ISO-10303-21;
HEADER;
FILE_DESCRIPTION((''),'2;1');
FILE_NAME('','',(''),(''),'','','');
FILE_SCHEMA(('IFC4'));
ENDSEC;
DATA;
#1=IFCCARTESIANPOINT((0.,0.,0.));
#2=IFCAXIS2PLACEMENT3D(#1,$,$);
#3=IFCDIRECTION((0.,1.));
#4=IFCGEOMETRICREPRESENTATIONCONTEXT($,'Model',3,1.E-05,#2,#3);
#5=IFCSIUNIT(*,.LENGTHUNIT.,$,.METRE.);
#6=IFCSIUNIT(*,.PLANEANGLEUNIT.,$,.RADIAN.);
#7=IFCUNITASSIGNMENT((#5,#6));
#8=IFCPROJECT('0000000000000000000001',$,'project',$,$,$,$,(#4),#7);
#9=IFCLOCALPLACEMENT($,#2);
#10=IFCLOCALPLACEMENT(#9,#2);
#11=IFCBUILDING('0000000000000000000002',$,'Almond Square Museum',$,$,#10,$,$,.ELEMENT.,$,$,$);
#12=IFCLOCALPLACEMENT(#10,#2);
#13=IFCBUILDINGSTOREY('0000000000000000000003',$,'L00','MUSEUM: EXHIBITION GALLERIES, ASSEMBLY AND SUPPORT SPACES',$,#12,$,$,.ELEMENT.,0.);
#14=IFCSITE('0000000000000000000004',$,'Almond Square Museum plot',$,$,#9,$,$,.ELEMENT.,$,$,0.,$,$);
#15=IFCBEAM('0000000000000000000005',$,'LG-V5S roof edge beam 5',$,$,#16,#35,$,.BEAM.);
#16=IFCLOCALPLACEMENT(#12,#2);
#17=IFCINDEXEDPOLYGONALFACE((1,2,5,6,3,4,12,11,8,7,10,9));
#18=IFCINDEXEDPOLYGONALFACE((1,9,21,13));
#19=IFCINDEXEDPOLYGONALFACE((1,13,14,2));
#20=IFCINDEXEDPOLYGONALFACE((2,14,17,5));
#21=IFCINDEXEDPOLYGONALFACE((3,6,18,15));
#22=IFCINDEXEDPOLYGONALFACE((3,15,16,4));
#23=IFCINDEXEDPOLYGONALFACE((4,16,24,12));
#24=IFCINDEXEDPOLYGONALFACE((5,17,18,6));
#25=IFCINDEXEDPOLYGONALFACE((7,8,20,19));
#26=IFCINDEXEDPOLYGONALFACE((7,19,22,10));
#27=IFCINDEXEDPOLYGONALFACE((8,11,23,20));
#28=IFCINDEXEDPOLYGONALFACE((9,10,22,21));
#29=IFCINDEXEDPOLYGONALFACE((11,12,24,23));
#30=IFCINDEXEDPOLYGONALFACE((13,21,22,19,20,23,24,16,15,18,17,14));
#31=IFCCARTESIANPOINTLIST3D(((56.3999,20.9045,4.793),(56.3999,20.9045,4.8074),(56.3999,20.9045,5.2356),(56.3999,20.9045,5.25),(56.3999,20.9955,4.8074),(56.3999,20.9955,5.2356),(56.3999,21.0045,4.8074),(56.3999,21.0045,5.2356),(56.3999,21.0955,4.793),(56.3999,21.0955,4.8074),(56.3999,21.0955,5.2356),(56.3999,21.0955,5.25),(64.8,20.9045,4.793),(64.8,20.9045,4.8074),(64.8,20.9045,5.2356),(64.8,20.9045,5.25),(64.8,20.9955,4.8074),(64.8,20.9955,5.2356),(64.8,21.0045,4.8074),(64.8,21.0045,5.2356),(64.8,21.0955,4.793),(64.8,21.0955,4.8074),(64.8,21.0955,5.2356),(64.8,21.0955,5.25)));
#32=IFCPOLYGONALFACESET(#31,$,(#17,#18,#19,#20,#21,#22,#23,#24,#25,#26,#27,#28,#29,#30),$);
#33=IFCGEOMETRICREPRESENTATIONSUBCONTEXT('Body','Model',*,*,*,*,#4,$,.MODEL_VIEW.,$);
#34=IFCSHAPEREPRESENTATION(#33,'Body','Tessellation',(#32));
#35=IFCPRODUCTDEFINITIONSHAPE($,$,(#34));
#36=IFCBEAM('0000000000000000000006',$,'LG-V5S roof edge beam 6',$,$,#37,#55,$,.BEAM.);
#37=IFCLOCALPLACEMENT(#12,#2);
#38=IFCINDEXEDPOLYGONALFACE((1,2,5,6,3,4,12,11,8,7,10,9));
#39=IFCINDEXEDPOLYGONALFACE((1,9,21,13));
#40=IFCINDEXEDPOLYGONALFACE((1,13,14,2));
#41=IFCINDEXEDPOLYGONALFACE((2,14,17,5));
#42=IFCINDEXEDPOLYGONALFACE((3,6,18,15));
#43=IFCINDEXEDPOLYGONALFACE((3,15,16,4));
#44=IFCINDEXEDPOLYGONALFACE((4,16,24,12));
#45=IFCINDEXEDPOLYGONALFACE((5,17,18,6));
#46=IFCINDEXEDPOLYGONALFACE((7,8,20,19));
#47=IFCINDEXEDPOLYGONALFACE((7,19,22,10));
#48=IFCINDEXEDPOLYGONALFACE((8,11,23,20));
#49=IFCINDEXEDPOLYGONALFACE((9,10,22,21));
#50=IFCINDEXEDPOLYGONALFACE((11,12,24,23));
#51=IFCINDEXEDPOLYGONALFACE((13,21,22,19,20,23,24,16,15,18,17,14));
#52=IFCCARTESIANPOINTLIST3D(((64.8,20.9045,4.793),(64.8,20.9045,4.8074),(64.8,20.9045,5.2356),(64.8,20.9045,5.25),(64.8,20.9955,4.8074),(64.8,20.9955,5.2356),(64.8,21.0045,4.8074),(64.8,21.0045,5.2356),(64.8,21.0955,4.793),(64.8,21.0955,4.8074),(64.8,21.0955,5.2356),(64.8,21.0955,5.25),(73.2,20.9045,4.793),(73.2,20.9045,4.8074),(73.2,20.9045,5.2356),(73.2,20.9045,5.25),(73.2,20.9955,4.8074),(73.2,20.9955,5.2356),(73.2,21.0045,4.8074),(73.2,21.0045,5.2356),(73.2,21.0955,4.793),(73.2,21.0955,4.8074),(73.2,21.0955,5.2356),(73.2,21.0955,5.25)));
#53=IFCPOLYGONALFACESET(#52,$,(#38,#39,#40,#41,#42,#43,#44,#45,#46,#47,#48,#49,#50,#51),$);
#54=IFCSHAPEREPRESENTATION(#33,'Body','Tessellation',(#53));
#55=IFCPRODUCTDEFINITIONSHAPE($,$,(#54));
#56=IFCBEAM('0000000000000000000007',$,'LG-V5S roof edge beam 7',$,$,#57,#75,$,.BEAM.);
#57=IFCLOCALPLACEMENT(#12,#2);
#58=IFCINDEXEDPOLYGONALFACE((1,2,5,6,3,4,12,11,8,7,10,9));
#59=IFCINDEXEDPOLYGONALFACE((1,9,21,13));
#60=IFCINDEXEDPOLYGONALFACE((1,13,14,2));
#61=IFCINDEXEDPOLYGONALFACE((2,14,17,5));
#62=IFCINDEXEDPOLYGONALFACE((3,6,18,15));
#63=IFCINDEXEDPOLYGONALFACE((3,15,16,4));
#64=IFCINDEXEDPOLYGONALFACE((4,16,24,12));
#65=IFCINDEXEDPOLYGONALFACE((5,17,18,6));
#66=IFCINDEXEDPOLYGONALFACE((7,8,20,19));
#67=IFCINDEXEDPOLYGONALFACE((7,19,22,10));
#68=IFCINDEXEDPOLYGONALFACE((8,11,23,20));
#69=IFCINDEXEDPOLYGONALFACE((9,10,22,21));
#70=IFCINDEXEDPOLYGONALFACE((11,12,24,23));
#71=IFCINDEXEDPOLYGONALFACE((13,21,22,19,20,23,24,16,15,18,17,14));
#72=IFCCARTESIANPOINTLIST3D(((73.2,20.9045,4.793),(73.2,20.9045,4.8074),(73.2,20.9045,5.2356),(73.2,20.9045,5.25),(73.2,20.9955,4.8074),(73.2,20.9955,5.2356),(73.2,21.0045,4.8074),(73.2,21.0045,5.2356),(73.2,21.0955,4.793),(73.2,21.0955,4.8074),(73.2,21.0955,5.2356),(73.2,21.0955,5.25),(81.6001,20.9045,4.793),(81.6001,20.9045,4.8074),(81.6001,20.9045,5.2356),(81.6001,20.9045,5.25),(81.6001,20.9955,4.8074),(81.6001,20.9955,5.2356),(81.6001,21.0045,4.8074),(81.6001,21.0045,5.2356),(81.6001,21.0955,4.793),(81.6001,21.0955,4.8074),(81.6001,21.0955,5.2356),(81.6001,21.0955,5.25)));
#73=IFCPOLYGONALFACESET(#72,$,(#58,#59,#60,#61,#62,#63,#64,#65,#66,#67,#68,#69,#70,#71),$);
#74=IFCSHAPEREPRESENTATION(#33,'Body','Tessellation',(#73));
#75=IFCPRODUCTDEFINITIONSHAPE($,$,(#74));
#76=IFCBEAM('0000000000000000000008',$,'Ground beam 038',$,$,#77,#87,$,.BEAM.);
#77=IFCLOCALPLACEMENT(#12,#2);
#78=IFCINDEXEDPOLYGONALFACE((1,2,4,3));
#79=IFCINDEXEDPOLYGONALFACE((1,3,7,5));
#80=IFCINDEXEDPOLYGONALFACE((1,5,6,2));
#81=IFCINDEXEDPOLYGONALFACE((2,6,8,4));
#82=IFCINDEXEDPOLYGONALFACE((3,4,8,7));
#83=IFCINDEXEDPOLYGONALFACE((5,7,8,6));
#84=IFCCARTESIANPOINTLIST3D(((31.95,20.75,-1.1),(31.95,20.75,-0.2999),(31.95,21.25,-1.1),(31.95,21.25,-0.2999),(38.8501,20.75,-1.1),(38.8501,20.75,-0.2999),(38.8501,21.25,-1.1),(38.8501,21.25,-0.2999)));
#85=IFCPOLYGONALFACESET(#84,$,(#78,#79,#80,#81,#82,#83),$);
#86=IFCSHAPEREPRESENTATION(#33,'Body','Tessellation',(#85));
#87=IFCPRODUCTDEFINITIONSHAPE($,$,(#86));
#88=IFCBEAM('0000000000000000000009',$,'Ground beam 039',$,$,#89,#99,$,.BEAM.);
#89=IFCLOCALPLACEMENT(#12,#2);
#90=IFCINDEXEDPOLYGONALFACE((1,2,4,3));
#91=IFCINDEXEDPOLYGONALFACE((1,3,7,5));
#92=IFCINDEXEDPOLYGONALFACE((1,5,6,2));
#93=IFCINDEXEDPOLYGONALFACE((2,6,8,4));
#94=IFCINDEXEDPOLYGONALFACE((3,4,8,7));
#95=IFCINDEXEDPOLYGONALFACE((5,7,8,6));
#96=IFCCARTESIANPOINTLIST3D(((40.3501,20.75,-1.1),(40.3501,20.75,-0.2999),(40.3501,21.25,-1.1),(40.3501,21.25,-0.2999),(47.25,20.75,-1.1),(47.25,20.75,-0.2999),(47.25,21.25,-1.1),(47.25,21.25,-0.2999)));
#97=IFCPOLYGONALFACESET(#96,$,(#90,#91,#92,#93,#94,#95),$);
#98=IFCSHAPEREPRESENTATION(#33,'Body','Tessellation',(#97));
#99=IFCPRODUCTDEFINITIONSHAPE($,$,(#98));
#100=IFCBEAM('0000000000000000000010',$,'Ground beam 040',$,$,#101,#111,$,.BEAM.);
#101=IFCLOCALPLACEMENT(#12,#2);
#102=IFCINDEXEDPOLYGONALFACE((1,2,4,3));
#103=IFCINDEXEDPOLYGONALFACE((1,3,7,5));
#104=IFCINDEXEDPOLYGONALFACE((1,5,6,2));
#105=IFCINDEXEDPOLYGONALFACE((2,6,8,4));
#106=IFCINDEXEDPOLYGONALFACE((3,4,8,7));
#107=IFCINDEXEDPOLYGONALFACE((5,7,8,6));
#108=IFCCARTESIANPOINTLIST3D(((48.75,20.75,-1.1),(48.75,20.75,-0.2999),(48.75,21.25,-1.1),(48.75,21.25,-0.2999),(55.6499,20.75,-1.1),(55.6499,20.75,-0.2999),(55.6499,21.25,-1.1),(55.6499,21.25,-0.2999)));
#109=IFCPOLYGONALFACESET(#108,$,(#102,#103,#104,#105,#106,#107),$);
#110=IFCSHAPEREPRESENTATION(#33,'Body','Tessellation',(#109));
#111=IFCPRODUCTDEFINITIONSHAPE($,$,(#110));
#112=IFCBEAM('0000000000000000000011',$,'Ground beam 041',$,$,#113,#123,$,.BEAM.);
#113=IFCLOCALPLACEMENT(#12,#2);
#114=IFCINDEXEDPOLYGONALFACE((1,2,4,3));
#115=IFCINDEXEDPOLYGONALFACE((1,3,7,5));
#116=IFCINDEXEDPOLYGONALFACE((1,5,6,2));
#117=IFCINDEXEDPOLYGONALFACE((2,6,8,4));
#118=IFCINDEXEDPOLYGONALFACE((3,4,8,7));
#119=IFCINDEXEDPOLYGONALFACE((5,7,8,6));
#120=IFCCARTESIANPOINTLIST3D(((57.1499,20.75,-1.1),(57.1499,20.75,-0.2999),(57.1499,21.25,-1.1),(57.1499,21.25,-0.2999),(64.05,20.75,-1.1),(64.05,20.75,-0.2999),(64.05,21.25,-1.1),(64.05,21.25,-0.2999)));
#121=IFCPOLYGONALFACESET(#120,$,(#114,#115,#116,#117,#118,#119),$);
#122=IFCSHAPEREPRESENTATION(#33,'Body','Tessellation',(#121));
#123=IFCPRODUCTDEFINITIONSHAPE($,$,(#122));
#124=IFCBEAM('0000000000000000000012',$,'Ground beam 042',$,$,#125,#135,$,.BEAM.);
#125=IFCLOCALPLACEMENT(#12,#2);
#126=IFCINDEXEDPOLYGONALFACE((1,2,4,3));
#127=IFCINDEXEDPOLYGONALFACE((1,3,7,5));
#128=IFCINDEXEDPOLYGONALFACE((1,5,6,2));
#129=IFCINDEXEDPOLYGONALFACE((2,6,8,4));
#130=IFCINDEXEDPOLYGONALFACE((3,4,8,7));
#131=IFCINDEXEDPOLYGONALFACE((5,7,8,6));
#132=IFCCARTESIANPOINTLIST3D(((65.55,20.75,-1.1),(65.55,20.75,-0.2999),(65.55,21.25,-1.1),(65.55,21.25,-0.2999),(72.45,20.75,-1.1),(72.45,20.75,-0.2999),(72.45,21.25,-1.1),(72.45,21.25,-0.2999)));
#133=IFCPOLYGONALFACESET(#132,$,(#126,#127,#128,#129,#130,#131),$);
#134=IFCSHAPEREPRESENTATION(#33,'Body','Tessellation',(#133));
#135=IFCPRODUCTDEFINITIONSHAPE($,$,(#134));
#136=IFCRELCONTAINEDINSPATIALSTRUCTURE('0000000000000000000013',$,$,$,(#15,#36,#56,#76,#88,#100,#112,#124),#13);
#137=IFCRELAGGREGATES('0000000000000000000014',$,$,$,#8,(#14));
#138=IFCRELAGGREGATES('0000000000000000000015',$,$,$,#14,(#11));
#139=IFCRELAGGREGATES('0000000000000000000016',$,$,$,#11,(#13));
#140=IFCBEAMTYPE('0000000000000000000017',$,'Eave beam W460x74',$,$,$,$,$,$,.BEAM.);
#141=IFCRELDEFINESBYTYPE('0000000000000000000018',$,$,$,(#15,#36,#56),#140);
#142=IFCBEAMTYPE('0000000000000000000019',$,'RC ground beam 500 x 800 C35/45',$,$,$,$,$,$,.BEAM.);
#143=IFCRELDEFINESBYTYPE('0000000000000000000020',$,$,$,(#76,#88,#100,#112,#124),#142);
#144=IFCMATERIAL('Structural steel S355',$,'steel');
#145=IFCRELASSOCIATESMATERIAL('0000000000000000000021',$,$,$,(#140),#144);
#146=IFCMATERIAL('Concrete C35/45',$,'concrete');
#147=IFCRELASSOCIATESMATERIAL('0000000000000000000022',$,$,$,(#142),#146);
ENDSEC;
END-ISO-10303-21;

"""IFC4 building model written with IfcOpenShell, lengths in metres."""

from ifc_helpers import new_model, si_unit, direction, frame, origin, origin_2d, place, context, subcontext, project, spatial, rectangle, i_section, extrude, material, material_profile, profile_set, type_object, element, save


model = new_model("IFC4")

# Units and contexts
model_context = context("Model", 3, precision=1e-05, world=origin(), true_north=direction((0.0, 1.0)))
body_context = subcontext(model_context, "Body", "Model", "MODEL_VIEW")
ifc_project = project(units=[si_unit("LENGTHUNIT", "METRE"), si_unit("PLANEANGLEUNIT", "RADIAN")], contexts=[model_context])

# Site, building, storey
site_placement = place(None, origin())
site = spatial("IfcSite", under=ifc_project, at=site_placement, Name="Almond Square Museum plot", CompositionType="ELEMENT", RefElevation=0.0)
building_placement = place(site_placement, origin())
building = spatial("IfcBuilding", under=site, at=building_placement, Name="Almond Square Museum", CompositionType="ELEMENT")
storey_placement = place(building_placement, origin())
storey = spatial("IfcBuildingStorey", under=building, at=storey_placement, Name="L00", Description="MUSEUM: EXHIBITION GALLERIES, ASSEMBLY AND SUPPORT SPACES", CompositionType="ELEMENT", Elevation=0.0)

# Beams
ifc_material_1 = material(Name="Structural steel S355", Category="steel")
ifc_material_profile_1 = material_profile(ifc_material_1, i_section(OverallWidth=0.1909, OverallDepth=0.457, WebThickness=0.009, FlangeThickness=0.0144, at=origin_2d()))
ifc_profile_set_1 = profile_set([ifc_material_profile_1], Name="Structural steel S355")
beam_type_1 = type_object("IfcBeamType", Name="Eave beam W460x74", PredefinedType="BEAM", material=ifc_profile_set_1)
beam_1_placement = place(storey_placement, frame((56.3999, 21.0, 5.0215), z_axis=(1.0, 0.0, 0.0), x_axis=(0.0, 1.0, 0.0)))
element("IfcBeam", 1, at=beam_1_placement, inside=storey, type_object=beam_type_1, Name="LG-V5S roof edge beam 5", PredefinedType="BEAM", context=body_context, shape_type="SweptSolid", body=[
    extrude(i_section(OverallWidth=0.1909, OverallDepth=0.457, WebThickness=0.009, FlangeThickness=0.0144, at=origin_2d()), origin(), (0.0, 0.0, 1.0), 8.4001),
])
beam_2_placement = place(storey_placement, frame((64.8, 21.0, 5.0215), z_axis=(1.0, 0.0, 0.0), x_axis=(0.0, 1.0, 0.0)))
element("IfcBeam", 2, at=beam_2_placement, inside=storey, type_object=beam_type_1, Name="LG-V5S roof edge beam 6", PredefinedType="BEAM", context=body_context, shape_type="SweptSolid", body=[
    extrude(i_section(OverallWidth=0.1909, OverallDepth=0.457, WebThickness=0.009, FlangeThickness=0.0144, at=origin_2d()), origin(), (0.0, 0.0, 1.0), 8.3999),
])
beam_3_placement = place(storey_placement, frame((73.2, 21.0, 5.0215), z_axis=(1.0, 0.0, 0.0), x_axis=(0.0, 1.0, 0.0)))
element("IfcBeam", 3, at=beam_3_placement, inside=storey, type_object=beam_type_1, Name="LG-V5S roof edge beam 7", PredefinedType="BEAM", context=body_context, shape_type="SweptSolid", body=[
    extrude(i_section(OverallWidth=0.1909, OverallDepth=0.457, WebThickness=0.009, FlangeThickness=0.0144, at=origin_2d()), origin(), (0.0, 0.0, 1.0), 8.4001),
])
ifc_material_2 = material(Name="Concrete C35/45", Category="concrete")
ifc_material_profile_2 = material_profile(ifc_material_2, rectangle(XDim=0.5, YDim=0.8, at=origin_2d()))
ifc_profile_set_2 = profile_set([ifc_material_profile_2], Name="Concrete C35/45")
beam_type_2 = type_object("IfcBeamType", Name="RC ground beam 500 x 800 C35/45", PredefinedType="BEAM", material=ifc_profile_set_2)
beam_4_placement = place(storey_placement, frame((31.95, 21.0, -0.7), z_axis=(1.0, 0.0, 0.0), x_axis=(0.0, 1.0, 0.0)))
element("IfcBeam", 4, at=beam_4_placement, inside=storey, type_object=beam_type_2, Name="Ground beam 038", PredefinedType="BEAM", context=body_context, shape_type="SweptSolid", body=[
    extrude(rectangle(XDim=0.5, YDim=0.8, at=origin_2d()), origin(), (0.0, 0.0, 1.0), 6.9001),
])
for number, where, z_axis, x_axis, name in (
    (5, (40.3501, 21.0, -0.7), (1.0, 0.0, 0.0), (0.0, 1.0, 0.0), "Ground beam 039"),
    (6, (48.75, 21.0, -0.7), (1.0, 0.0, 0.0), (0.0, 1.0, 0.0), "Ground beam 040"),
):
    element("IfcBeam", number, at=place(storey_placement, frame(where, z_axis=z_axis, x_axis=x_axis)), inside=storey, type_object=beam_type_2, Name=name, PredefinedType="BEAM", context=body_context, shape_type="SweptSolid", body=[
        extrude(rectangle(XDim=0.5, YDim=0.8, at=origin_2d()), origin(), (0.0, 0.0, 1.0), 6.8999),
    ])
beam_5_placement = place(storey_placement, frame((57.1499, 21.0, -0.7), z_axis=(1.0, 0.0, 0.0), x_axis=(0.0, 1.0, 0.0)))
element("IfcBeam", 7, at=beam_5_placement, inside=storey, type_object=beam_type_2, Name="Ground beam 041", PredefinedType="BEAM", context=body_context, shape_type="SweptSolid", body=[
    extrude(rectangle(XDim=0.5, YDim=0.8, at=origin_2d()), origin(), (0.0, 0.0, 1.0), 6.9001),
])
beam_6_placement = place(storey_placement, frame((65.55, 21.0, -0.7), z_axis=(1.0, 0.0, 0.0), x_axis=(0.0, 1.0, 0.0)))
element("IfcBeam", 8, at=beam_6_placement, inside=storey, type_object=beam_type_2, Name="Ground beam 042", PredefinedType="BEAM", context=body_context, shape_type="SweptSolid", body=[
    extrude(rectangle(XDim=0.5, YDim=0.8, at=origin_2d()), origin(), (0.0, 0.0, 1.0), 6.8999),
])

save(model, "model.ifc")
